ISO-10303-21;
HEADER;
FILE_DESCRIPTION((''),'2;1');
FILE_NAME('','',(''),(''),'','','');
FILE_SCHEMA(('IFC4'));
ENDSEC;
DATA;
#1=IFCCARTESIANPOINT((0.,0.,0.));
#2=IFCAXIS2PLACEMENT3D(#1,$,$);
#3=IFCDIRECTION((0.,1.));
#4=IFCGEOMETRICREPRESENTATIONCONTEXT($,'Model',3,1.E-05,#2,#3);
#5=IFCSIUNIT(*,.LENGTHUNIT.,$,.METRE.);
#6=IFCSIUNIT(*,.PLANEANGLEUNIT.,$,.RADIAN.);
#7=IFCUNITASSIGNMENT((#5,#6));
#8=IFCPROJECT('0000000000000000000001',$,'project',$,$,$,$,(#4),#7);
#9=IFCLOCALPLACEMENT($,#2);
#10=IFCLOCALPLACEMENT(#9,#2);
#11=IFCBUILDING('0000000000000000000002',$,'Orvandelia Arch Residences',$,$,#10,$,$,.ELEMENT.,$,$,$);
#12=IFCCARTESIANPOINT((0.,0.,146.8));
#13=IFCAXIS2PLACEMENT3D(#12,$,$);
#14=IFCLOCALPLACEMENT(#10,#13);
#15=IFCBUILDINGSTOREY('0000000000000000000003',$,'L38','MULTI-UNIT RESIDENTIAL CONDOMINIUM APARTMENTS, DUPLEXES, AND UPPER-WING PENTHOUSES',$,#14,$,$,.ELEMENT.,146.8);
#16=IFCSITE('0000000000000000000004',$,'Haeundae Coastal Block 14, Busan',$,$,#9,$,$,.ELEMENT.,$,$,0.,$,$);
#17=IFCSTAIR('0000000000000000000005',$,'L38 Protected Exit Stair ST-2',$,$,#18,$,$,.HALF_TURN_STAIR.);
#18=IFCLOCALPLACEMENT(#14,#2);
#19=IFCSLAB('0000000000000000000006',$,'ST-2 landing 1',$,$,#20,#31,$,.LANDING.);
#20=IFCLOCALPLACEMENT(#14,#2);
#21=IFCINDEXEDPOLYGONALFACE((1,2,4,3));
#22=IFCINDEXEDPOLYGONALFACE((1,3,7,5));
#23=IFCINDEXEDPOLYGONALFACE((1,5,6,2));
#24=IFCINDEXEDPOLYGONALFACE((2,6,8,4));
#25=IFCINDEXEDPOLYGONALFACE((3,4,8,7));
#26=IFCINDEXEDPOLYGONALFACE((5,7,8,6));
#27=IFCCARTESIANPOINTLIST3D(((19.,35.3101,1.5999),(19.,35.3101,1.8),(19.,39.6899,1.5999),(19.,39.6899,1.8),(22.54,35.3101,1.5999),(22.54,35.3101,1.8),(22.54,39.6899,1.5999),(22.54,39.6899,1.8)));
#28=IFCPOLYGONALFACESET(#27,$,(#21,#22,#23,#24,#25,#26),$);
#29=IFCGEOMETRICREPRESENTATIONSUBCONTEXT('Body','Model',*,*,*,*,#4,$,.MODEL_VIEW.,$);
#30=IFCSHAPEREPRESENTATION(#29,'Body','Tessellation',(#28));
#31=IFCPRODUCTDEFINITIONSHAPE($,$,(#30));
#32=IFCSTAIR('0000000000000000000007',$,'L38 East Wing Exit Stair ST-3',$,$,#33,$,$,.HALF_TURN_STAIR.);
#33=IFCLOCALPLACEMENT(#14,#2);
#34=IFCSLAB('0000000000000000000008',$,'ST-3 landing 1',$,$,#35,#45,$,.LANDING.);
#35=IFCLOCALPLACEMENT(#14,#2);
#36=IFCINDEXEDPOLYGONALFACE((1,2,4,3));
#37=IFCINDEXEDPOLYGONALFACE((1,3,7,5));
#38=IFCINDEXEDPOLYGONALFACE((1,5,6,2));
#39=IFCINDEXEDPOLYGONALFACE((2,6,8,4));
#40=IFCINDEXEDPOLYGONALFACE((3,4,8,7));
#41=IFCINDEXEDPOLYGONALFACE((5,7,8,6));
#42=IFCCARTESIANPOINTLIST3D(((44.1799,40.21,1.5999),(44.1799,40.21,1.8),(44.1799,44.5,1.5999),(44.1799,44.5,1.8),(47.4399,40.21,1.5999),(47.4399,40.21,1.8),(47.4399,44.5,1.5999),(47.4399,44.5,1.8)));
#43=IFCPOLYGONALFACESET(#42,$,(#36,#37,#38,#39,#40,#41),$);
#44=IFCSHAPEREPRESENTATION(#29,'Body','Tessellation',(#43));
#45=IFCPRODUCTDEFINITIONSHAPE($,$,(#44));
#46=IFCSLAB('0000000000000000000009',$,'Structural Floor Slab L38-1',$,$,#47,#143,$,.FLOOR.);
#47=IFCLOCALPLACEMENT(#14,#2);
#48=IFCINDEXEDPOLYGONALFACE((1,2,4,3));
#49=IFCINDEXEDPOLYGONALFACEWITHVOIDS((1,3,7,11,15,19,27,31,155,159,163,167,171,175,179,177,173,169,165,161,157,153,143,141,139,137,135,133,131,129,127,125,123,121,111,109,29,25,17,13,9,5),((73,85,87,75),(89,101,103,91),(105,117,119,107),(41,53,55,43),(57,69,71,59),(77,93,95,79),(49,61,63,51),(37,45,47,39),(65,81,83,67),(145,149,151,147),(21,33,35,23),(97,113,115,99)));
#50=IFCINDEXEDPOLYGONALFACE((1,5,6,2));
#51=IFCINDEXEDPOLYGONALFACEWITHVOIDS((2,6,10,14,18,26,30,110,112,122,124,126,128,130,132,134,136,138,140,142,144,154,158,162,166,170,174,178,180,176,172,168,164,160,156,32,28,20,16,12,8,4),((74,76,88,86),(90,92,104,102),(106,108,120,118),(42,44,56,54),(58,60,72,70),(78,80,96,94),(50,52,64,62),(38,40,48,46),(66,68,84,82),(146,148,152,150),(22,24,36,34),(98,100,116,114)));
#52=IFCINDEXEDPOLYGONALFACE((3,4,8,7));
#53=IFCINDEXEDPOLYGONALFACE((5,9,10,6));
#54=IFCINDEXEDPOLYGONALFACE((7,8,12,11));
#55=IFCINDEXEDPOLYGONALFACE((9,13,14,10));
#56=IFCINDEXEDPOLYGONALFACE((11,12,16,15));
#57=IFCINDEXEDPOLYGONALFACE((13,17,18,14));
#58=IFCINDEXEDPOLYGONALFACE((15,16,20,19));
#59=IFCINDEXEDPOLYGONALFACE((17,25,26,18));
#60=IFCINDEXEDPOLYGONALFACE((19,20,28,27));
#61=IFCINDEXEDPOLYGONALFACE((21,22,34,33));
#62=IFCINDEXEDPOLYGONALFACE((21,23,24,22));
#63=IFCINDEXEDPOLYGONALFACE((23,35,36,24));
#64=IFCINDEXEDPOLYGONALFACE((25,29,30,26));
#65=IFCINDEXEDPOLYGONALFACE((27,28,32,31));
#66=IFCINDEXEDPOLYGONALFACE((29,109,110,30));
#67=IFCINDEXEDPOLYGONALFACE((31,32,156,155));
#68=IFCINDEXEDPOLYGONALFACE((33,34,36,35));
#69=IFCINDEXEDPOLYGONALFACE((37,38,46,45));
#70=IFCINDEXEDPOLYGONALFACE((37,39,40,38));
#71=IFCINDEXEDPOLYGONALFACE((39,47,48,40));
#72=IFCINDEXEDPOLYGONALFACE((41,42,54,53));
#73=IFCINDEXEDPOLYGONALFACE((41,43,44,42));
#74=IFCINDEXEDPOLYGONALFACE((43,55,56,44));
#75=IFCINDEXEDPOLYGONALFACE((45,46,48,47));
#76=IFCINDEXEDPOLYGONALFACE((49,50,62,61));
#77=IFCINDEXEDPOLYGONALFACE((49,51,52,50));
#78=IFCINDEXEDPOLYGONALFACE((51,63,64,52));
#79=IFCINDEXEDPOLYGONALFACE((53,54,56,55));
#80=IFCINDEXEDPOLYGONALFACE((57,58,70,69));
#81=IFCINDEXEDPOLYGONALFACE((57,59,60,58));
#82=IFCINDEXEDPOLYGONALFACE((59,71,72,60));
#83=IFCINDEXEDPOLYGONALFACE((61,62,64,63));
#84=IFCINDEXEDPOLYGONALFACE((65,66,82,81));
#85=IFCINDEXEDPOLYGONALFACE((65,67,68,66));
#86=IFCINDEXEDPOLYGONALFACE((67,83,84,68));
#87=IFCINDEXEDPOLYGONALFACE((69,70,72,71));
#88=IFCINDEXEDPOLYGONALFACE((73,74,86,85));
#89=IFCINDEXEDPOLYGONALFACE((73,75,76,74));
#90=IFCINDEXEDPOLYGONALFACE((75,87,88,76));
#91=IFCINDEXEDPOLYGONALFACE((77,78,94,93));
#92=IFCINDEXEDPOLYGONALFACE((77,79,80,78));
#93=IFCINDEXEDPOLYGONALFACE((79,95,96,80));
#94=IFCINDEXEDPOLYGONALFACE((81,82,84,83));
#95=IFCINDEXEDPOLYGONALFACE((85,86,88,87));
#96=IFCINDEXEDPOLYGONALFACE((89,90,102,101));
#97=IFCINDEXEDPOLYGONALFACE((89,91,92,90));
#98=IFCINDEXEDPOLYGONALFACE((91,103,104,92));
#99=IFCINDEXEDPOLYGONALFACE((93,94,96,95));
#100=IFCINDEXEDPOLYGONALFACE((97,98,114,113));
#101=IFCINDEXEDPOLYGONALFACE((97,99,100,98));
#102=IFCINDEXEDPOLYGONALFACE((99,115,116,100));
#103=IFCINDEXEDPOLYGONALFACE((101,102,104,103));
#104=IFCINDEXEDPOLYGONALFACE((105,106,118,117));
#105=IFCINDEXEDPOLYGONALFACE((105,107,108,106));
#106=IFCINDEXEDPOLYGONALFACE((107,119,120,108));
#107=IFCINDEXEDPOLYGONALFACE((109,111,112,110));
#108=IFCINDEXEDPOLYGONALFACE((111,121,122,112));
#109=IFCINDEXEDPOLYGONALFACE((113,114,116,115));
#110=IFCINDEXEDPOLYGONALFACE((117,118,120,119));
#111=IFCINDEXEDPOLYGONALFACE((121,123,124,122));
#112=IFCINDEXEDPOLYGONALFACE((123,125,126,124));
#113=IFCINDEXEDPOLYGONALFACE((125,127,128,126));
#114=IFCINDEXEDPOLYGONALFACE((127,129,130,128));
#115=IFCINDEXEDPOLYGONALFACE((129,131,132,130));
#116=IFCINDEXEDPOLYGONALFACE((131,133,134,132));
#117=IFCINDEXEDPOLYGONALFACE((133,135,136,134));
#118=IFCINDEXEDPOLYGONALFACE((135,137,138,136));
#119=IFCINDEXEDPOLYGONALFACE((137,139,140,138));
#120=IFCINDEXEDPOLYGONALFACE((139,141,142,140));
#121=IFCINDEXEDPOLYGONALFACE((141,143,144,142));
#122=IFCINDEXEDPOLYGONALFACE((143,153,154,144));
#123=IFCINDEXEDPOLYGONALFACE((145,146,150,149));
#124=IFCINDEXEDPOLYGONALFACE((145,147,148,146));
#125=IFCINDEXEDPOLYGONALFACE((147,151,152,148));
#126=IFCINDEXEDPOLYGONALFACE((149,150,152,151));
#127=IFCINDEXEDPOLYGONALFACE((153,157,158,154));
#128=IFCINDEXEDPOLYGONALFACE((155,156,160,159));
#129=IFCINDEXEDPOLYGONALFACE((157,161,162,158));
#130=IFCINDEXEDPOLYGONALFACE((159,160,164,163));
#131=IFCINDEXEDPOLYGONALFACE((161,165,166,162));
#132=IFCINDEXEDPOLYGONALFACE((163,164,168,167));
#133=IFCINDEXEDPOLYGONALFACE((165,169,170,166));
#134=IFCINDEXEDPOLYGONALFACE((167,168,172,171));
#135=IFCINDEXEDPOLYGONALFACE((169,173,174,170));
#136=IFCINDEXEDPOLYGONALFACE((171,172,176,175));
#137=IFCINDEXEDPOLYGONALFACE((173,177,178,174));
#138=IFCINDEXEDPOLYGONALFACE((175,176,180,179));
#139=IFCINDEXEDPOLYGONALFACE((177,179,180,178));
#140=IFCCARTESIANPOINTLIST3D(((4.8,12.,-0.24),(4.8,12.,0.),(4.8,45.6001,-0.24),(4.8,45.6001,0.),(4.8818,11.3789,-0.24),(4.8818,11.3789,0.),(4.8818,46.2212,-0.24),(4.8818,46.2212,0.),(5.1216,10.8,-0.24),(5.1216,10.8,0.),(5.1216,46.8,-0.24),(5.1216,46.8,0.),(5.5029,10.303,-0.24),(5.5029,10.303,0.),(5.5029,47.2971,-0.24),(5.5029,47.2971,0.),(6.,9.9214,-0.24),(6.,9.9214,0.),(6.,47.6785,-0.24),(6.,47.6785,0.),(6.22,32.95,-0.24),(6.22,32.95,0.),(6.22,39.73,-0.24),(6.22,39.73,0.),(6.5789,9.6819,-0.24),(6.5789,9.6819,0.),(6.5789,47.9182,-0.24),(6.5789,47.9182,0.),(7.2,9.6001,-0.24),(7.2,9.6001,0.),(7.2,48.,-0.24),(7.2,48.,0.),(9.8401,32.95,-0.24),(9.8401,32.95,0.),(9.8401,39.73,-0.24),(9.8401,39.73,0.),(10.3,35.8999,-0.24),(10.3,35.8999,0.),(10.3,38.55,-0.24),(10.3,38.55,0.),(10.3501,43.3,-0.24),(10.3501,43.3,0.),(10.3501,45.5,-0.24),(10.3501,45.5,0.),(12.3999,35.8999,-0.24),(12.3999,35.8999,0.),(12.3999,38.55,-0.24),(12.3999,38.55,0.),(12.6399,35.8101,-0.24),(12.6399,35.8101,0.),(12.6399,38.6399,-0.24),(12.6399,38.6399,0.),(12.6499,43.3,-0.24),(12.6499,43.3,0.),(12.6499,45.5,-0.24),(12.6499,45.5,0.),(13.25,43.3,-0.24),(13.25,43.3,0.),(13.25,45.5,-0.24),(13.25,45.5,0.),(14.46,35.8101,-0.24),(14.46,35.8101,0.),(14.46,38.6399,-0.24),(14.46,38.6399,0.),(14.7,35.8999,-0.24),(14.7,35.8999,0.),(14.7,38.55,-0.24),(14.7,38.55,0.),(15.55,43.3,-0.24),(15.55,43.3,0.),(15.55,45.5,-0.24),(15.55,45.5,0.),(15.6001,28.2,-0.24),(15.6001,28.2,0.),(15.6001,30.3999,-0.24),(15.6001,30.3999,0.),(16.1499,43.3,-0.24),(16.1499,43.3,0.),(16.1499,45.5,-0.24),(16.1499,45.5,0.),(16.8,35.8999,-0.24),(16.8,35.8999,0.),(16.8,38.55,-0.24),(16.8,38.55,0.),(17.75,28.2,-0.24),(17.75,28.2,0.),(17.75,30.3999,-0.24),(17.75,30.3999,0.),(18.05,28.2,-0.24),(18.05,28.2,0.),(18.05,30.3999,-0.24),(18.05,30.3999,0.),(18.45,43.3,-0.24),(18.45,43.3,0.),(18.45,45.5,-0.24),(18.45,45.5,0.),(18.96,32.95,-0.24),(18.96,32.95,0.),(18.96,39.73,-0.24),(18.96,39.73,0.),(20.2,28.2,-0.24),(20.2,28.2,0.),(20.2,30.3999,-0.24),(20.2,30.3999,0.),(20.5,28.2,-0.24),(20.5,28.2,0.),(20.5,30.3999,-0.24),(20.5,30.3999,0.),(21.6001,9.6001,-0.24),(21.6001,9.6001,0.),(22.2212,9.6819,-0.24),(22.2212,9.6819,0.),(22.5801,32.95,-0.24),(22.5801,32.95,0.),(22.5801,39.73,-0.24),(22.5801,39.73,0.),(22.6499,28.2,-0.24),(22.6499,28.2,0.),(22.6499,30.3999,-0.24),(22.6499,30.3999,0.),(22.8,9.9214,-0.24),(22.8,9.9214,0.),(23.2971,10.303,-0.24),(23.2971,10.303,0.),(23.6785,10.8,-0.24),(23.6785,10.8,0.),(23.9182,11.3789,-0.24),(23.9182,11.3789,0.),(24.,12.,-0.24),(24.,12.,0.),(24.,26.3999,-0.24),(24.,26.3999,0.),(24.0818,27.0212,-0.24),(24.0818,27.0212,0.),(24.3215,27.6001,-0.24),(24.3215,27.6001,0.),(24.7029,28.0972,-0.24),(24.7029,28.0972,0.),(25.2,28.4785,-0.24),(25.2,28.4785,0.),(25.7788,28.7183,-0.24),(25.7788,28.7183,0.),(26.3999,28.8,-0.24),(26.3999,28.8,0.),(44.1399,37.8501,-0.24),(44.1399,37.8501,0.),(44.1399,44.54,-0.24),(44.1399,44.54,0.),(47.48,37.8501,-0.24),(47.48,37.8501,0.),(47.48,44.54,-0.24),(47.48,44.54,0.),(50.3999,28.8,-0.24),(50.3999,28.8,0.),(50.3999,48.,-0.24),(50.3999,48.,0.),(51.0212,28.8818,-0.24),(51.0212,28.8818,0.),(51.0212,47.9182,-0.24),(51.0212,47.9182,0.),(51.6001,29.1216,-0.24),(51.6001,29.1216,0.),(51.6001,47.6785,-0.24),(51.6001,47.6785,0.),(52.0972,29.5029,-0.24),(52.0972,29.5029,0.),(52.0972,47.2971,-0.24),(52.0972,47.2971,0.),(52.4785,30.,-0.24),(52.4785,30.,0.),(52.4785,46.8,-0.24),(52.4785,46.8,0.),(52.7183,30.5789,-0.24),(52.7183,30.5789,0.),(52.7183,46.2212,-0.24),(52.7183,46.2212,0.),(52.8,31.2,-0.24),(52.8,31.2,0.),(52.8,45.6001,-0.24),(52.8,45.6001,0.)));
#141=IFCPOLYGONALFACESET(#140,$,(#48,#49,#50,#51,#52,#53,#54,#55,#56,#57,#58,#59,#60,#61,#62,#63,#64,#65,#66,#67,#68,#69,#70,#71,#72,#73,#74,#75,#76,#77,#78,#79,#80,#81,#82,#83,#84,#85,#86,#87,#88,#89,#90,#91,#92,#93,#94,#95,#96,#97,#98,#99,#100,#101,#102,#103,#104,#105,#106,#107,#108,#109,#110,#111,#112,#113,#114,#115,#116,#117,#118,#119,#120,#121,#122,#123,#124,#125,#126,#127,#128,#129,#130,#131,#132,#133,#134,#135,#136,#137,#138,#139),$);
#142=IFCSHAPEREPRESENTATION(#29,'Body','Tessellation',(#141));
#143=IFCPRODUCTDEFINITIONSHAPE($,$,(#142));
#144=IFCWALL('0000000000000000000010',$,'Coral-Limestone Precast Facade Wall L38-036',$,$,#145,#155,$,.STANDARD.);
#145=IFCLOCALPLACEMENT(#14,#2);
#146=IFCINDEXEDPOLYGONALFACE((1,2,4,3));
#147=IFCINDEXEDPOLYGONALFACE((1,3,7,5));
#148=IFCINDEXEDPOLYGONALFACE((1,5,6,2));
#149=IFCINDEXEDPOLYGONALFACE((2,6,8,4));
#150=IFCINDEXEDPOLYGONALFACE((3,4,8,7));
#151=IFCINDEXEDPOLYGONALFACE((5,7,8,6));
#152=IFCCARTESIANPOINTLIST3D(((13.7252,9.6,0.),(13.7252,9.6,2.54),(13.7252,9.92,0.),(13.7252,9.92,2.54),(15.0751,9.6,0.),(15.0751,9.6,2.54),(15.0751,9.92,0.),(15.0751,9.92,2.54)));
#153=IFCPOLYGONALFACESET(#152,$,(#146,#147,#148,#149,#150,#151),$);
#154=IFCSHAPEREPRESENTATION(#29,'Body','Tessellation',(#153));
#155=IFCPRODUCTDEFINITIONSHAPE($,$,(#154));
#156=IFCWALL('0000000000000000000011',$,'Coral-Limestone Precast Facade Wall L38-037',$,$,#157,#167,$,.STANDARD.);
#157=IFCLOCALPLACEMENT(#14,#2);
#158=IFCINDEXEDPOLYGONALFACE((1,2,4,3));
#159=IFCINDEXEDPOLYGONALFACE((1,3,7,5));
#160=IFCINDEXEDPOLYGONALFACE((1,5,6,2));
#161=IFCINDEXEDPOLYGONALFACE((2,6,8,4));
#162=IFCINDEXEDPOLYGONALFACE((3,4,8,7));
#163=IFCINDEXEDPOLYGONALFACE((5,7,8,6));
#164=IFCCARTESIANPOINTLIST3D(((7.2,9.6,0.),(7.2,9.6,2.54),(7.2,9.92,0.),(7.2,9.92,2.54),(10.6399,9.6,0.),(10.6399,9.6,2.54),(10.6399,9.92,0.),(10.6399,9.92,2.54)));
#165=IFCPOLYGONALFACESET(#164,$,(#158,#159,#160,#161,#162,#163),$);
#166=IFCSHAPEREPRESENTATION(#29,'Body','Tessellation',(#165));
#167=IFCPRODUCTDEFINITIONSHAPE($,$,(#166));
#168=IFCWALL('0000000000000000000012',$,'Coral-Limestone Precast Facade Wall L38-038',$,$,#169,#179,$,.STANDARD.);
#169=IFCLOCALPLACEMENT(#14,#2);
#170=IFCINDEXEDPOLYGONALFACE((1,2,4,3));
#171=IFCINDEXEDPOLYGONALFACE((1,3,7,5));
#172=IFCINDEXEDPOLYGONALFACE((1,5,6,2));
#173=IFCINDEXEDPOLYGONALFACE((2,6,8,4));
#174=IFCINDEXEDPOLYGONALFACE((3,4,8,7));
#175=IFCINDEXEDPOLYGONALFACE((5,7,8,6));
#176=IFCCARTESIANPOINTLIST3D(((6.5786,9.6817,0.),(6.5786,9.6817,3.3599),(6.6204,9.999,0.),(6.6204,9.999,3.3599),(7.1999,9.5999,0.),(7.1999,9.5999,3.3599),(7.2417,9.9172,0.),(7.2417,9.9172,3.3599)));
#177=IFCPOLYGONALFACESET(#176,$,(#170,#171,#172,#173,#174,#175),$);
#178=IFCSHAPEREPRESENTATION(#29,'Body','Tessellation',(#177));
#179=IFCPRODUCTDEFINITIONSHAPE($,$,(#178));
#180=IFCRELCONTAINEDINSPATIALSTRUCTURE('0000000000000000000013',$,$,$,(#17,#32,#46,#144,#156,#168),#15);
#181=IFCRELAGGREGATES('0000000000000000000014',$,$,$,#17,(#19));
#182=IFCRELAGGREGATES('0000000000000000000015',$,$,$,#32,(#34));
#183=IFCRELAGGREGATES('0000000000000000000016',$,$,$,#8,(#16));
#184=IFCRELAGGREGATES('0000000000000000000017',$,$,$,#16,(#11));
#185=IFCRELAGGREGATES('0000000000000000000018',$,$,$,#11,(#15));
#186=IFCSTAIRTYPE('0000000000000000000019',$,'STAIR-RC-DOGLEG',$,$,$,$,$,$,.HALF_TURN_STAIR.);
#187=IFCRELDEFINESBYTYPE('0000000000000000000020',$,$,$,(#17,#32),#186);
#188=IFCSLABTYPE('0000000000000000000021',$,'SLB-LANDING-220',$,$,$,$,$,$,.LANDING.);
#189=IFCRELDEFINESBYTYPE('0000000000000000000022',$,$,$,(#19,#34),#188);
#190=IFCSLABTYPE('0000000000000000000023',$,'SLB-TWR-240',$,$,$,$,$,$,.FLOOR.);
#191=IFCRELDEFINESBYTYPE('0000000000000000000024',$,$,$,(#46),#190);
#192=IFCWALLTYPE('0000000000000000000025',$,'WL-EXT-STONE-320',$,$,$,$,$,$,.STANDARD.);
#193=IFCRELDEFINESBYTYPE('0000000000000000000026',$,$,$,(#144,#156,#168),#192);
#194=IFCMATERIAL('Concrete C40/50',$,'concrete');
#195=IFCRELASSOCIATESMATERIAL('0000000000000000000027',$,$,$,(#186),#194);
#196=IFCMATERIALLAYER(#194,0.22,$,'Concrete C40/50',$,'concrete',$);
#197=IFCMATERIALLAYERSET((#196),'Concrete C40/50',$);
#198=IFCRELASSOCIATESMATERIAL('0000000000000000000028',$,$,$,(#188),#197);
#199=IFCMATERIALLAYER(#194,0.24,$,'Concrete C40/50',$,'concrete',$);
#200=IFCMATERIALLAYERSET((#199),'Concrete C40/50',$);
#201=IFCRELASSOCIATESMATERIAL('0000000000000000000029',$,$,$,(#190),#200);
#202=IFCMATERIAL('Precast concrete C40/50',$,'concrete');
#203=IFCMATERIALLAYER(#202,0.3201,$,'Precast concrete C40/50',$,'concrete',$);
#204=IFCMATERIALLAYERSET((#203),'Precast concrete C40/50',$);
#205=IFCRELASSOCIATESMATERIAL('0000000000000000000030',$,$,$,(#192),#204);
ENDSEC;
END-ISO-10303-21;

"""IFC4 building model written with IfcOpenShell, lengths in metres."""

from ifc_helpers import new_model, si_unit, direction, frame, frame_2d, origin, place, context, subcontext, project, spatial, polyline, rectangle, outline, extrude, material, layer, layer_set, type_object, element, aggregate, save


model = new_model("IFC4")

# Units and contexts
model_context = context("Model", 3, precision=1e-05, world=origin(), true_north=direction((0.0, 1.0)))
body_context = subcontext(model_context, "Body", "Model", "MODEL_VIEW")
ifc_project = project(units=[si_unit("LENGTHUNIT", "METRE"), si_unit("PLANEANGLEUNIT", "RADIAN")], contexts=[model_context])

# Site, building, storey
site_placement = place(None, origin())
site = spatial("IfcSite", under=ifc_project, at=site_placement, Name="Haeundae Coastal Block 14, Busan", CompositionType="ELEMENT", RefElevation=0.0)
building_placement = place(site_placement, origin())
building = spatial("IfcBuilding", under=site, at=building_placement, Name="Orvandelia Arch Residences", CompositionType="ELEMENT")
storey_placement = place(building_placement, frame((0.0, 0.0, 146.8)))
storey = spatial("IfcBuildingStorey", under=building, at=storey_placement, Name="L38", Description="MULTI-UNIT RESIDENTIAL CONDOMINIUM APARTMENTS, DUPLEXES, AND UPPER-WING PENTHOUSES", CompositionType="ELEMENT", Elevation=146.8)

# Shared definitions
ifc_material_1 = material(Name="Precast concrete C40/50", Category="concrete")

# Stairs, slabs
ifc_material_2 = material(Name="Concrete C40/50", Category="concrete")
stair_type = type_object("IfcStairType", Name="STAIR-RC-DOGLEG", PredefinedType="HALF_TURN_STAIR", material=ifc_material_2)
ifc_layer_1 = layer(ifc_material_2, 0.22, Name="Concrete C40/50", Category="concrete")
ifc_layer_set_1 = layer_set([ifc_layer_1], Name="Concrete C40/50")
slab_type_1 = type_object("IfcSlabType", Name="SLB-LANDING-220", PredefinedType="LANDING", material=ifc_layer_set_1)
stair_1_placement = place(storey_placement, origin())
stair_1 = element("IfcStair", 1, at=stair_1_placement, inside=storey, type_object=stair_type, Name="L38 Protected Exit Stair ST-2", PredefinedType="HALF_TURN_STAIR")
slab_1_placement = place(storey_placement, frame((0.0, 0.0, 1.5999)))
slab_1 = element("IfcSlab", 2, at=slab_1_placement, type_object=slab_type_1, Name="ST-2 landing 1", PredefinedType="LANDING", context=body_context, shape_type="SweptSolid", body=[
    extrude(outline(polyline([(22.54, 35.3101), (22.54, 39.6899), (19.0, 39.6899), (19.0, 35.3101), (22.54, 35.3101)])), origin(), (0.0, 0.0, 1.0), 0.2002),
])
aggregate(stair_1, [slab_1])
stair_2_placement = place(storey_placement, origin())
stair_2 = element("IfcStair", 3, at=stair_2_placement, inside=storey, type_object=stair_type, Name="L38 East Wing Exit Stair ST-3", PredefinedType="HALF_TURN_STAIR")
slab_2_placement = place(storey_placement, frame((0.0, 0.0, 1.5999)))
slab_2 = element("IfcSlab", 4, at=slab_2_placement, type_object=slab_type_1, Name="ST-3 landing 1", PredefinedType="LANDING", context=body_context, shape_type="SweptSolid", body=[
    extrude(outline(polyline([(47.4399, 40.21), (47.4399, 44.5), (44.1799, 44.5), (44.1799, 40.21), (47.4399, 40.21)])), origin(), (0.0, 0.0, 1.0), 0.2002),
])
aggregate(stair_2, [slab_2])

# Slab
ifc_layer_2 = layer(ifc_material_2, 0.24, Name="Concrete C40/50", Category="concrete")
ifc_layer_set_2 = layer_set([ifc_layer_2], Name="Concrete C40/50")
slab_type_2 = type_object("IfcSlabType", Name="SLB-TWR-240", PredefinedType="FLOOR", material=ifc_layer_set_2)
slab_3_placement = place(storey_placement, frame((0.0, 0.0, -0.24)))
element("IfcSlab", 5, at=slab_3_placement, inside=storey, type_object=slab_type_2, Name="Structural Floor Slab L38-1", PredefinedType="FLOOR", context=body_context, shape_type="SweptSolid", body=[
    extrude(outline(polyline([(4.8, 12.0), (4.8818, 11.3789), (5.1216, 10.8), (5.5029, 10.303), (6.0, 9.9214), (6.5789, 9.6819), (7.2, 9.6001), (21.6001, 9.6001), (22.2212, 9.6819), (22.8, 9.9214), (23.2971, 10.303), (23.6785, 10.8), (23.9182, 11.3789), (24.0, 12.0), (24.0, 26.3999), (24.0818, 27.0212), (24.3215, 27.6001), (24.7029, 28.0972), (25.2, 28.4785), (25.7788, 28.7183), (26.3999, 28.8), (50.3999, 28.8), (51.0212, 28.8818), (51.6001, 29.1216), (52.0972, 29.5029), (52.4785, 30.0), (52.7183, 30.5789), (52.8, 31.2), (52.8, 45.6001), (52.7183, 46.2212), (52.4785, 46.8), (52.0972, 47.2971), (51.6001, 47.6785), (51.0212, 47.9182), (50.3999, 48.0), (7.2, 48.0), (6.5789, 47.9182), (6.0, 47.6785), (5.5029, 47.2971), (5.1216, 46.8), (4.8818, 46.2212), (4.8, 45.6001), (4.8, 12.0)]), holes=[polyline([(6.22, 32.95), (9.8401, 32.95), (9.8401, 39.73), (6.22, 39.73), (6.22, 32.95)]), polyline([(18.96, 32.95), (22.5801, 32.95), (22.5801, 39.73), (18.96, 39.73), (18.96, 32.95)]), polyline([(44.1399, 37.8501), (47.48, 37.8501), (47.48, 44.54), (44.1399, 44.54), (44.1399, 37.8501)]), polyline([(12.6399, 35.8101), (14.46, 35.8101), (14.46, 38.6399), (12.6399, 38.6399), (12.6399, 35.8101)]), polyline([(10.3, 35.8999), (12.3999, 35.8999), (12.3999, 38.55), (10.3, 38.55), (10.3, 35.8999)]), polyline([(14.7, 35.8999), (16.8, 35.8999), (16.8, 38.55), (14.7, 38.55), (14.7, 35.8999)]), polyline([(10.3501, 43.3), (12.6499, 43.3), (12.6499, 45.5), (10.3501, 45.5), (10.3501, 43.3)]), polyline([(13.25, 43.3), (15.55, 43.3), (15.55, 45.5), (13.25, 45.5), (13.25, 43.3)]), polyline([(16.1499, 43.3), (18.45, 43.3), (18.45, 45.5), (16.1499, 45.5), (16.1499, 43.3)]), polyline([(15.6001, 28.2), (17.75, 28.2), (17.75, 30.3999), (15.6001, 30.3999), (15.6001, 28.2)]), polyline([(18.05, 28.2), (20.2, 28.2), (20.2, 30.3999), (18.05, 30.3999), (18.05, 28.2)]), polyline([(20.5, 28.2), (22.6499, 28.2), (22.6499, 30.3999), (20.5, 30.3999), (20.5, 28.2)])]), origin(), (0.0, 0.0, 1.0), 0.24),
])

# Walls
ifc_layer_3 = layer(ifc_material_1, 0.3201, Name="Precast concrete C40/50", Category="concrete")
ifc_layer_set_3 = layer_set([ifc_layer_3], Name="Precast concrete C40/50")
wall_type = type_object("IfcWallType", Name="WL-EXT-STONE-320", PredefinedType="STANDARD", material=ifc_layer_set_3)
wall_1_placement = place(storey_placement, frame((15.075, 9.76, 0.0), z_axis=(0.0, 0.0, 1.0), x_axis=(-1.0, 0.0, 0.0)))
element("IfcWall", 6, at=wall_1_placement, inside=storey, type_object=wall_type, Name="Coral-Limestone Precast Facade Wall L38-036", PredefinedType="STANDARD", context=body_context, shape_type="SweptSolid", body=[
    extrude(rectangle(XDim=1.3499, YDim=0.3201, at=frame_2d((0.6748, 0.0))), origin(), (0.0, 0.0, 1.0), 2.54),
])
wall_2_placement = place(storey_placement, frame((10.6399, 9.76, 0.0), z_axis=(0.0, 0.0, 1.0), x_axis=(-1.0, 0.0, 0.0)))
element("IfcWall", 7, at=wall_2_placement, inside=storey, type_object=wall_type, Name="Coral-Limestone Precast Facade Wall L38-037", PredefinedType="STANDARD", context=body_context, shape_type="SweptSolid", body=[
    extrude(rectangle(XDim=3.4399, YDim=0.3201, at=frame_2d((1.72, 0.0))), origin(), (0.0, 0.0, 1.0), 2.54),
])
wall_3_placement = place(storey_placement, frame((7.2209, 9.7585, 0.0), z_axis=(0.0, 0.0, 1.0), x_axis=(-0.991448, 0.130505, 0.0)))
element("IfcWall", 8, at=wall_3_placement, inside=storey, type_object=wall_type, Name="Coral-Limestone Precast Facade Wall L38-038", PredefinedType="STANDARD", context=body_context, shape_type="SweptSolid", body=[
    extrude(rectangle(XDim=0.6267, YDim=0.3201, at=frame_2d((0.3135, 0.0))), origin(), (0.0, 0.0, 1.0), 3.3599),
])

save(model, "model.ifc")
